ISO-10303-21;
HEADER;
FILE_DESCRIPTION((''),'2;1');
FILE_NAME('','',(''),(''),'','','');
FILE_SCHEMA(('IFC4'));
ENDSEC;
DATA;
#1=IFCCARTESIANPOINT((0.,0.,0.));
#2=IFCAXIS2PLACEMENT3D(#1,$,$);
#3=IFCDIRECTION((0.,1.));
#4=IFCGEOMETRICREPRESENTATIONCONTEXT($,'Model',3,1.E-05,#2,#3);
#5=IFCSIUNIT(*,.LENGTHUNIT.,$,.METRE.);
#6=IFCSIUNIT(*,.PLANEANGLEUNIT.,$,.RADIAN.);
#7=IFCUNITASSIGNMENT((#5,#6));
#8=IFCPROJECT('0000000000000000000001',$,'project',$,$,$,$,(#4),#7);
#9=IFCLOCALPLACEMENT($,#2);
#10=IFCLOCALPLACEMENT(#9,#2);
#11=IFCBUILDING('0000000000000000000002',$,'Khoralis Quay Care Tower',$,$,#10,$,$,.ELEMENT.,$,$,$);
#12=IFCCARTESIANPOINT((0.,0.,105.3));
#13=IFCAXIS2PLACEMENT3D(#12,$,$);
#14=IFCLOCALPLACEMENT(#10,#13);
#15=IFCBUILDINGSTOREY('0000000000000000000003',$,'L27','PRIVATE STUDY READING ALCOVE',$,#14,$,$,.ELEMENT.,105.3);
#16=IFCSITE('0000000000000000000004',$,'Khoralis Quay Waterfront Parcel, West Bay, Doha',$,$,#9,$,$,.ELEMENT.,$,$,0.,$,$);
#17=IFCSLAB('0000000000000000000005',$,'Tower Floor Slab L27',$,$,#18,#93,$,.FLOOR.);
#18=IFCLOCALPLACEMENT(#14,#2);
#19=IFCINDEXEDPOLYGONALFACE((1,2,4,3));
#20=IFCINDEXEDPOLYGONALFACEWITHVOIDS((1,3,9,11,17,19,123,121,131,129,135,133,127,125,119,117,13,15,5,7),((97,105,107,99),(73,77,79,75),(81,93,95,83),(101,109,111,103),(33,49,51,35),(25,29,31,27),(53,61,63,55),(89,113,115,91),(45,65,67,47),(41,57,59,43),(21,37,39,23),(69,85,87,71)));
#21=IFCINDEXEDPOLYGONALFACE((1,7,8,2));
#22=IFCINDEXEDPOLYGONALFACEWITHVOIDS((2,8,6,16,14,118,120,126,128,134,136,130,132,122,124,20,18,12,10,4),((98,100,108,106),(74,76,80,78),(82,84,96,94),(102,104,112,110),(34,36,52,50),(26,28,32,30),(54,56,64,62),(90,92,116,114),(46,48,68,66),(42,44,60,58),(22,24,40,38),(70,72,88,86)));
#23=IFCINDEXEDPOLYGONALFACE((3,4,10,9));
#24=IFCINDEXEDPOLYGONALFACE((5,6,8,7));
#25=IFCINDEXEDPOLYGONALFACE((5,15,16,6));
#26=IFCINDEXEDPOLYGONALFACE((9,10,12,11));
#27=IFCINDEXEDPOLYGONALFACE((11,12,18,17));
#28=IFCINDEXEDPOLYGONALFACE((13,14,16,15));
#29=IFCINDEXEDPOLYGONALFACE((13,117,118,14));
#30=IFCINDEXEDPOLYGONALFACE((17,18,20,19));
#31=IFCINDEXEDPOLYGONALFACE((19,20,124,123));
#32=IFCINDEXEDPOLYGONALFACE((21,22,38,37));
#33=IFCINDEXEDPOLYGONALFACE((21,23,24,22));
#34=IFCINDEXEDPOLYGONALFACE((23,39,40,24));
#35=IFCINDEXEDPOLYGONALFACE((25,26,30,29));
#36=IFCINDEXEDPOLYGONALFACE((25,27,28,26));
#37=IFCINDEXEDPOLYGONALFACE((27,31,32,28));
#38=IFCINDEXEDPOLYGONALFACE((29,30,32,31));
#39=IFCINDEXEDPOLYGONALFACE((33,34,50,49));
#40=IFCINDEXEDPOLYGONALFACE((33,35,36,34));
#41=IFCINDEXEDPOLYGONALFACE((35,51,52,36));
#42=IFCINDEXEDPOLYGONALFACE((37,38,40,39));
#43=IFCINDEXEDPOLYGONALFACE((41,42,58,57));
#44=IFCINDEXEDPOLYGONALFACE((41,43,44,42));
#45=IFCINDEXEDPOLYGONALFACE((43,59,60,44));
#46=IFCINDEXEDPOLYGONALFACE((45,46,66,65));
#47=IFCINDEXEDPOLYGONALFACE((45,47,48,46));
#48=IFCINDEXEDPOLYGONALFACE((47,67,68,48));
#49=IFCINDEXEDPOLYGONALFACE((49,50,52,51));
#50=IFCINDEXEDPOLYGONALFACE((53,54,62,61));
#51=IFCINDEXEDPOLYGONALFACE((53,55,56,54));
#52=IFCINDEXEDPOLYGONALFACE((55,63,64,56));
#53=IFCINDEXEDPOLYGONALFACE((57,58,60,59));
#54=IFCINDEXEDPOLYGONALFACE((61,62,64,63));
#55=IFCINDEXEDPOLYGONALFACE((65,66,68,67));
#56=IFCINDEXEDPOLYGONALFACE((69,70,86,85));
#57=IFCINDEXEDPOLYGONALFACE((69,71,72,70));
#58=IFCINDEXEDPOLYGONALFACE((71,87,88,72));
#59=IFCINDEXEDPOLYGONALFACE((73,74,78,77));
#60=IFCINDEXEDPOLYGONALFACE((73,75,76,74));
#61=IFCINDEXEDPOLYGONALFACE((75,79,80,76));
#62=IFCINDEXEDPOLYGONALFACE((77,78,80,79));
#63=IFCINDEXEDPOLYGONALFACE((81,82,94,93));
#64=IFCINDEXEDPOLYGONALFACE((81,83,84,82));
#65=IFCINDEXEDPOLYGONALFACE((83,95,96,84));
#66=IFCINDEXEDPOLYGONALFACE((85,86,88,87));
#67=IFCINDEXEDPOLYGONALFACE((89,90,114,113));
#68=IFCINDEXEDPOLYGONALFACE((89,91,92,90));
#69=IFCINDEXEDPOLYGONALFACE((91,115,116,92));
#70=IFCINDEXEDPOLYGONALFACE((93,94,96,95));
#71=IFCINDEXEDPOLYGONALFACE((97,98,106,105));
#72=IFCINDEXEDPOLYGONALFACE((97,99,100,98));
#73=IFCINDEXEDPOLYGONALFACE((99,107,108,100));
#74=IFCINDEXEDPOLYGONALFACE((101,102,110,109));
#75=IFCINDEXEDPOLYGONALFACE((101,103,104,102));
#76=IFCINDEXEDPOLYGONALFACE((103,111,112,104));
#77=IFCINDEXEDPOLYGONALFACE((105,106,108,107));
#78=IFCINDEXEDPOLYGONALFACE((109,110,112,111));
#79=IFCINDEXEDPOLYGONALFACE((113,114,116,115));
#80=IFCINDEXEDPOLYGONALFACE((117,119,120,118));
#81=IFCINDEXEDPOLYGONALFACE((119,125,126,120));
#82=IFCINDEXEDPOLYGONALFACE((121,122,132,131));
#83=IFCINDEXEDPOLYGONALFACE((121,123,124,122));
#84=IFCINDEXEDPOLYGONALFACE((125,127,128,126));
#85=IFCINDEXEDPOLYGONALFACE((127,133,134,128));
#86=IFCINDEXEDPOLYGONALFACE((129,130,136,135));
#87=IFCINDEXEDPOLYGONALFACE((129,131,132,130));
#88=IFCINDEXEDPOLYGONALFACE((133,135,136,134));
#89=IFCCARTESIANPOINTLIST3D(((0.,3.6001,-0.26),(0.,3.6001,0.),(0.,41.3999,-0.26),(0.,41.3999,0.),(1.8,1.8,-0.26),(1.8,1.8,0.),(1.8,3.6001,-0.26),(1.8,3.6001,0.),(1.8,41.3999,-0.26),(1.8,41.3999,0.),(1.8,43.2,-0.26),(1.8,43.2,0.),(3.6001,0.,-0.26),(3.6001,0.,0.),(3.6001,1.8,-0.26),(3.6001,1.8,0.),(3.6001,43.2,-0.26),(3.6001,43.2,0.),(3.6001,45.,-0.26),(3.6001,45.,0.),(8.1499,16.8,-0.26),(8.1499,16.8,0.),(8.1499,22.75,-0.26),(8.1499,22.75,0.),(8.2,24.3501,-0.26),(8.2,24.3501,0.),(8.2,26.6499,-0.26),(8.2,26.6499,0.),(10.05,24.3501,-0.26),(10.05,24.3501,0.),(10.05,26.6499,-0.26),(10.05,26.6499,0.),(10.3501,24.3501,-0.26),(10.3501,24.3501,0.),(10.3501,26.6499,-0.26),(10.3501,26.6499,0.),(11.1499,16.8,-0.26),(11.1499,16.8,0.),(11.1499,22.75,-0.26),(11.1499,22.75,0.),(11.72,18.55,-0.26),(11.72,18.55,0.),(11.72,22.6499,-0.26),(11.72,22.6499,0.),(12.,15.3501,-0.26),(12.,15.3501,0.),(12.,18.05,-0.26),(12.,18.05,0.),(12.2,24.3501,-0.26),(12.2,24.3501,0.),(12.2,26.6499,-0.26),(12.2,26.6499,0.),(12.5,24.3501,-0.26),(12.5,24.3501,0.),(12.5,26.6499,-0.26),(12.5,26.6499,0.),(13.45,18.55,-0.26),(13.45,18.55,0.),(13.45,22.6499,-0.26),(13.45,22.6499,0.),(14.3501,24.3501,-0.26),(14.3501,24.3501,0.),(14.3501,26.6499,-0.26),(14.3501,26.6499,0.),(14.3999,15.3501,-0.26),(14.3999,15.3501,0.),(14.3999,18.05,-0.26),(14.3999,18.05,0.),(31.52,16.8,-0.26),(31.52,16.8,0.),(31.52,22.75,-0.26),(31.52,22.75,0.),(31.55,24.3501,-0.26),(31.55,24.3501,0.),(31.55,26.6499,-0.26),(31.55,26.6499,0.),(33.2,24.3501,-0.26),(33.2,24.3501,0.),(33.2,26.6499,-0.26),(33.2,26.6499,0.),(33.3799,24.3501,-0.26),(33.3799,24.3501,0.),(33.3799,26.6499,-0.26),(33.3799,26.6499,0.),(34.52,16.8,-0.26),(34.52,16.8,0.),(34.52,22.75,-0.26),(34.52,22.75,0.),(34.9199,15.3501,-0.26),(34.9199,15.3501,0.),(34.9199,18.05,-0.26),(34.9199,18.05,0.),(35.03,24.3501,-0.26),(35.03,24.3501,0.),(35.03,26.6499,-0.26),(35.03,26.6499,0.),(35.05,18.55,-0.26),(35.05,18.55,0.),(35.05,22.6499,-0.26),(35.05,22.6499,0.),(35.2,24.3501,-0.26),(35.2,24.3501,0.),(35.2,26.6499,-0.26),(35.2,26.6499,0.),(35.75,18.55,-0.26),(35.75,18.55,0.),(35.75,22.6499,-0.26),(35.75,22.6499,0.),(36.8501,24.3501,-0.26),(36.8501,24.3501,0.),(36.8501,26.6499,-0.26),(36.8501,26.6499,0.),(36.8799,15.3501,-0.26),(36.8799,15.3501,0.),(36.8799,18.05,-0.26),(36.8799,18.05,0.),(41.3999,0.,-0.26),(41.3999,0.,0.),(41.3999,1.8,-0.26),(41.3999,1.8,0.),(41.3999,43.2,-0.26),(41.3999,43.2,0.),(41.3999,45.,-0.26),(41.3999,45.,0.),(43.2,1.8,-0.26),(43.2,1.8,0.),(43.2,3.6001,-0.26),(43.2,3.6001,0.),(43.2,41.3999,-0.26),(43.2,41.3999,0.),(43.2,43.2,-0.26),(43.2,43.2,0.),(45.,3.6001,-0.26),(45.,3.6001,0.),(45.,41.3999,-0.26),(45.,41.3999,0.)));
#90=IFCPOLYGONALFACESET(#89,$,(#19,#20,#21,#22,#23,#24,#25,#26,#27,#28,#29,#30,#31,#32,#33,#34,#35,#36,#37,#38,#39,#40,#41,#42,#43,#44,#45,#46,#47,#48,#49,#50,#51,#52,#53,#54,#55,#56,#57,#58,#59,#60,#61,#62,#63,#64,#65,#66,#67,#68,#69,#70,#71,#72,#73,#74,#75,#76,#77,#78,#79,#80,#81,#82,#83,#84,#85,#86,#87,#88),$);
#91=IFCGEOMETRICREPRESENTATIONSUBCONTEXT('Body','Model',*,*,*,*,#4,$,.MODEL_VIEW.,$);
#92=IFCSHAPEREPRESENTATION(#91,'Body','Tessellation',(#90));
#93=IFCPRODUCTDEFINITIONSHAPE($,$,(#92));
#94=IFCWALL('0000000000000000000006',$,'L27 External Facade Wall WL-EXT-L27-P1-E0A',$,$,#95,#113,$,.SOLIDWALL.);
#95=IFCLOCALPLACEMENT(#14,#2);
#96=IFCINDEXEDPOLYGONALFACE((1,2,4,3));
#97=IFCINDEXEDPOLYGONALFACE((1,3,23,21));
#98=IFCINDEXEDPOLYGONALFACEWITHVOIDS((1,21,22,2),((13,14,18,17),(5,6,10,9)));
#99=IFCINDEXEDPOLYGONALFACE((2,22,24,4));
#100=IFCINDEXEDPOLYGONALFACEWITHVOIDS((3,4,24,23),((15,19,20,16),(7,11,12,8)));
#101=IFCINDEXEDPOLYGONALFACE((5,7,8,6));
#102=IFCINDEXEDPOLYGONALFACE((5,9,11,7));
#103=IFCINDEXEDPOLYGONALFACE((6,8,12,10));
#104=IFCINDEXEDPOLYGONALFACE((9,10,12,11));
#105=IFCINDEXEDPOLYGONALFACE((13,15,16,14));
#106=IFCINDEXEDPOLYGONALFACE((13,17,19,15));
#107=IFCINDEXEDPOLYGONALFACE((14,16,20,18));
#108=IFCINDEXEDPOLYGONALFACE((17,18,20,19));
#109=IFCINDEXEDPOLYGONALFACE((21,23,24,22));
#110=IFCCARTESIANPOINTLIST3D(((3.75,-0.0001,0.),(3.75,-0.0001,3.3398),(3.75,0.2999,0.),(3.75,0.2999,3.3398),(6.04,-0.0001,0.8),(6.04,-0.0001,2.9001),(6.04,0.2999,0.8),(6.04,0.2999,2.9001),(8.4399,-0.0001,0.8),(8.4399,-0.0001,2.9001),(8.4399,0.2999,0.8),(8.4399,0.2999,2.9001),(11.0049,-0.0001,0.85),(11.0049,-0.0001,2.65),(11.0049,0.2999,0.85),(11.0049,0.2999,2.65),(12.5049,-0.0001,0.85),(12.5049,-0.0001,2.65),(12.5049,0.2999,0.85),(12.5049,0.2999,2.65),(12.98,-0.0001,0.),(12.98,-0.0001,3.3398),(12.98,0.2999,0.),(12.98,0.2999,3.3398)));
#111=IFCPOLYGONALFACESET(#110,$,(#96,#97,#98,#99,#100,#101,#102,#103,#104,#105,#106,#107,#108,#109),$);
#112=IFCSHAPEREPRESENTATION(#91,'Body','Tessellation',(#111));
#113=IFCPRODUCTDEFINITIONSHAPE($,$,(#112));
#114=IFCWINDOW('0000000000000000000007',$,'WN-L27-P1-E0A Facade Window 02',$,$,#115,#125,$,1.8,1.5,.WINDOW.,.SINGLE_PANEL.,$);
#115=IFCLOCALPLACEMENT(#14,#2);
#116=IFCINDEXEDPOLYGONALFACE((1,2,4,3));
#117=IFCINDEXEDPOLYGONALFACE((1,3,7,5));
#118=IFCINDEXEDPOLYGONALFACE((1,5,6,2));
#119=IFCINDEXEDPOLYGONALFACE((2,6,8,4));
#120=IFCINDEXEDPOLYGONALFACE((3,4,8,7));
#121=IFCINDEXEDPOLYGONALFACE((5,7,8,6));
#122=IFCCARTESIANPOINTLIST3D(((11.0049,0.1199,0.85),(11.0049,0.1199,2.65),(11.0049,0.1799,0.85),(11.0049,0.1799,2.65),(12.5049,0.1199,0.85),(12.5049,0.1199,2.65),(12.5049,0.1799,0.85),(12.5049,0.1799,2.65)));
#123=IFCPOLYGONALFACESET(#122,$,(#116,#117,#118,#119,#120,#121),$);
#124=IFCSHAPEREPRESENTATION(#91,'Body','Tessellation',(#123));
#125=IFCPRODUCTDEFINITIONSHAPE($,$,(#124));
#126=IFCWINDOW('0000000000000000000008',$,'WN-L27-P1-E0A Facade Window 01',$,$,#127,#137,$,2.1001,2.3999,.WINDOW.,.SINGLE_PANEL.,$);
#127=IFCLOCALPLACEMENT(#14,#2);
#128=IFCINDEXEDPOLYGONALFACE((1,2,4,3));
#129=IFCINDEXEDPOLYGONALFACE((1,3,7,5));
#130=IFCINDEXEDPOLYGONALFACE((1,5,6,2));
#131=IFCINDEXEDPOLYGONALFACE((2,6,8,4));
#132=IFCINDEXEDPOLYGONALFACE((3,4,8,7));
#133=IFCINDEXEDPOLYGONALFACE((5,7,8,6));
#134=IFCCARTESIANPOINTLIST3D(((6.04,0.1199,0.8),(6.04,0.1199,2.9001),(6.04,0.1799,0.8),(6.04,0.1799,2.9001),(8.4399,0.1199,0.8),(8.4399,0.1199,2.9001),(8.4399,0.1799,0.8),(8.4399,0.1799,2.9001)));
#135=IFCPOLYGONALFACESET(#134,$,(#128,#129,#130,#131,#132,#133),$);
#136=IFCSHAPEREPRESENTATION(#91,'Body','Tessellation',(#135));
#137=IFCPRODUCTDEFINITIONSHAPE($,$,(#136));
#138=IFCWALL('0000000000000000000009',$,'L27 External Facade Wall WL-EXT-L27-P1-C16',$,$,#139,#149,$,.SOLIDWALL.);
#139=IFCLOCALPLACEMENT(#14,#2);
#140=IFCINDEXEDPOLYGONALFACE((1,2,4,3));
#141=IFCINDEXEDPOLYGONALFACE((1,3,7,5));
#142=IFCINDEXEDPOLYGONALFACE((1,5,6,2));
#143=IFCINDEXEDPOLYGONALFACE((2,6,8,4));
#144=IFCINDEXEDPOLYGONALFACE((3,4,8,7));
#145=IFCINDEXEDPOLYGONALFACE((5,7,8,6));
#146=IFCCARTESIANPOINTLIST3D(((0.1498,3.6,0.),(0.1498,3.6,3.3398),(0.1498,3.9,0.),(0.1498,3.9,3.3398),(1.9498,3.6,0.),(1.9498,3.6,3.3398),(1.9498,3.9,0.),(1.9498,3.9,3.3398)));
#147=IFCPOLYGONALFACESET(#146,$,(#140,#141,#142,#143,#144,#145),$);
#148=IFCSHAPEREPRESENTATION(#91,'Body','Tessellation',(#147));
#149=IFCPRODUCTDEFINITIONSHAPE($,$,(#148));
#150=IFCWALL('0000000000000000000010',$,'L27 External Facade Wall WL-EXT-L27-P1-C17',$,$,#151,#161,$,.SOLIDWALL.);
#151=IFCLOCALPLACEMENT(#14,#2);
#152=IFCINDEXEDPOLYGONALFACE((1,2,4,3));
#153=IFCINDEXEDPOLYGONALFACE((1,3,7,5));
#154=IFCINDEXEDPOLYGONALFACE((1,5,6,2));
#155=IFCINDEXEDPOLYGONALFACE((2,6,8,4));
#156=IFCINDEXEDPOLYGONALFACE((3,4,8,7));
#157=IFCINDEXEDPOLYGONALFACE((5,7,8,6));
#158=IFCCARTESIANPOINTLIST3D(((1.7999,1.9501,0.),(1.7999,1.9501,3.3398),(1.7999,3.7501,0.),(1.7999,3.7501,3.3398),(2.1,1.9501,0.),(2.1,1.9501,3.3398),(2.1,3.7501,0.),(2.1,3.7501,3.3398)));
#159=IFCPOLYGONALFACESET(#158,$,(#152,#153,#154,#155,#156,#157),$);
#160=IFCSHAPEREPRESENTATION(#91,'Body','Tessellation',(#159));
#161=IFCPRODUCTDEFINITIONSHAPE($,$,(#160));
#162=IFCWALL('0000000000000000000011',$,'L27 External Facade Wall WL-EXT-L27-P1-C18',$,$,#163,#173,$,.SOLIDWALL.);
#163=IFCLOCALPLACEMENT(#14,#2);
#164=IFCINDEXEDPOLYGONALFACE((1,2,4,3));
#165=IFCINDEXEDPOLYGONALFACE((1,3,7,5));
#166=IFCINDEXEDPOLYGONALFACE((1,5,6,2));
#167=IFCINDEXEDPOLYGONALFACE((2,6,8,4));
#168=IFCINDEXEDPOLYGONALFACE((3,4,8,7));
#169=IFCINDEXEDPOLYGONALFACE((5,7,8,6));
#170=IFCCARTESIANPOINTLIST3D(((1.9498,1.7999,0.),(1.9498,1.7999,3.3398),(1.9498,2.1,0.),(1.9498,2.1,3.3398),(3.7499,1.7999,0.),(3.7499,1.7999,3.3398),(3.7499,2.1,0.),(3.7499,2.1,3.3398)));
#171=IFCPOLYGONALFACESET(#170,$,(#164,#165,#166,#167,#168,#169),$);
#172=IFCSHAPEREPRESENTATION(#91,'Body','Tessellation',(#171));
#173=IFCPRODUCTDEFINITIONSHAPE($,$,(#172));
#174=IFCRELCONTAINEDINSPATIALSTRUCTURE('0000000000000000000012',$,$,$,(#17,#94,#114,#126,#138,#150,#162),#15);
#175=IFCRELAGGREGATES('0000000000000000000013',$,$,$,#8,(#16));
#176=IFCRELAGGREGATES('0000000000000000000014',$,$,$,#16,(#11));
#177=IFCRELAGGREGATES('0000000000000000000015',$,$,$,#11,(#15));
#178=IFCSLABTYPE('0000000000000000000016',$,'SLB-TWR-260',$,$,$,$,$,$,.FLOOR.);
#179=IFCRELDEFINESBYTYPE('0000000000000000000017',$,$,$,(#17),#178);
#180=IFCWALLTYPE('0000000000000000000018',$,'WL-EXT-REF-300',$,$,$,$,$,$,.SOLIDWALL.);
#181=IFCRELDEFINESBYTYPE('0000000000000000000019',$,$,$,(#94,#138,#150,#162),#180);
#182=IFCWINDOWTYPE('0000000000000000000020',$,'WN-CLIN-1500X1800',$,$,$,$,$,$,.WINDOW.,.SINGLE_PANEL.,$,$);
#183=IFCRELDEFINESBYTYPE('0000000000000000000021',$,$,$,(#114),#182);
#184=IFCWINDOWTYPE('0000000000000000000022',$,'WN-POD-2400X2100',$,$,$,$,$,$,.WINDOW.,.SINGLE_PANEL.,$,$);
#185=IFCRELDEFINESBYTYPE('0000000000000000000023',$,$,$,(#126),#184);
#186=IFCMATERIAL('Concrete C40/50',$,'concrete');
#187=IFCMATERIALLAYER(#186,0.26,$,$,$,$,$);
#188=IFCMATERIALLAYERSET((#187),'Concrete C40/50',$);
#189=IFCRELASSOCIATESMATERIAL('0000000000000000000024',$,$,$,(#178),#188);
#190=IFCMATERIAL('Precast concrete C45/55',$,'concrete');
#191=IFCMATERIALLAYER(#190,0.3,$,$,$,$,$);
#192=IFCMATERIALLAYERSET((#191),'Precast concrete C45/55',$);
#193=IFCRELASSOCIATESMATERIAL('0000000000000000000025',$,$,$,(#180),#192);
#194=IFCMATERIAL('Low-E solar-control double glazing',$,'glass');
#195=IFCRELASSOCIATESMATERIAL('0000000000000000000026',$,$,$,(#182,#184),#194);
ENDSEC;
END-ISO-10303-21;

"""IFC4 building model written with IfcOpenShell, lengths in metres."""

from ifc_helpers import new_model, si_unit, direction, frame, frame_2d, origin, place, context, subcontext, project, spatial, polyline, rectangle, outline, extrude, source, transform, mapped, material, layer, layer_set, type_object, element, fill, save


model = new_model("IFC4")

# Units and contexts
model_context = context("Model", 3, precision=1e-05, world=origin(), true_north=direction((0.0, 1.0)))
body_context = subcontext(model_context, "Body", "Model", "MODEL_VIEW")
ifc_project = project(units=[si_unit("LENGTHUNIT", "METRE"), si_unit("PLANEANGLEUNIT", "RADIAN")], contexts=[model_context])

# Site, building, storey
site_placement = place(None, origin())
site = spatial("IfcSite", under=ifc_project, at=site_placement, Name="Khoralis Quay Waterfront Parcel, West Bay, Doha", CompositionType="ELEMENT", RefElevation=0.0)
building_placement = place(site_placement, origin())
building = spatial("IfcBuilding", under=site, at=building_placement, Name="Khoralis Quay Care Tower", CompositionType="ELEMENT")
storey_placement = place(building_placement, frame((0.0, 0.0, 105.3)))
storey = spatial("IfcBuildingStorey", under=building, at=storey_placement, Name="L27", Description="PRIVATE STUDY READING ALCOVE", CompositionType="ELEMENT", Elevation=105.3)

# Shared definitions
ifc_material_1 = material(Name="Precast concrete C45/55", Category="concrete")

# Slab
ifc_material_2 = material(Name="Concrete C40/50", Category="concrete")
ifc_layer_1 = layer(ifc_material_2, 0.26)
ifc_layer_set_1 = layer_set([ifc_layer_1], Name="Concrete C40/50")
slab_type_1 = type_object("IfcSlabType", Name="SLB-TWR-260", PredefinedType="FLOOR", material=ifc_layer_set_1)
slab_1_placement = place(storey_placement, frame((0.0, 0.0, -0.26)))
element("IfcSlab", 1, at=slab_1_placement, inside=storey, type_object=slab_type_1, Name="Tower Floor Slab L27", PredefinedType="FLOOR", context=body_context, shape_type="SweptSolid", body=[
    extrude(outline(polyline([(3.6001, 0.0), (41.3999, 0.0), (41.3999, 1.8), (43.2, 1.8), (43.2, 3.6001), (45.0, 3.6001), (45.0, 41.3999), (43.2, 41.3999), (43.2, 43.2), (41.3999, 43.2), (41.3999, 45.0), (3.6001, 45.0), (3.6001, 43.2), (1.8, 43.2), (1.8, 41.3999), (0.0, 41.3999), (0.0, 3.6001), (1.8, 3.6001), (1.8, 1.8), (3.6001, 1.8), (3.6001, 0.0)]), holes=[polyline([(11.1499, 16.8), (11.1499, 22.75), (8.1499, 22.75), (8.1499, 16.8), (11.1499, 16.8)]), polyline([(34.52, 16.8), (34.52, 22.75), (31.52, 22.75), (31.52, 16.8), (34.52, 16.8)]), polyline([(12.0, 15.3501), (14.3999, 15.3501), (14.3999, 18.05), (12.0, 18.05), (12.0, 15.3501)]), polyline([(34.9199, 15.3501), (36.8799, 15.3501), (36.8799, 18.05), (34.9199, 18.05), (34.9199, 15.3501)]), polyline([(8.2, 24.3501), (10.05, 24.3501), (10.05, 26.6499), (8.2, 26.6499), (8.2, 24.3501)]), polyline([(31.55, 24.3501), (33.2, 24.3501), (33.2, 26.6499), (31.55, 26.6499), (31.55, 24.3501)]), polyline([(10.3501, 24.3501), (12.2, 24.3501), (12.2, 26.6499), (10.3501, 26.6499), (10.3501, 24.3501)]), polyline([(33.3799, 24.3501), (35.03, 24.3501), (35.03, 26.6499), (33.3799, 26.6499), (33.3799, 24.3501)]), polyline([(12.5, 24.3501), (14.3501, 24.3501), (14.3501, 26.6499), (12.5, 26.6499), (12.5, 24.3501)]), polyline([(35.2, 24.3501), (36.8501, 24.3501), (36.8501, 26.6499), (35.2, 26.6499), (35.2, 24.3501)]), polyline([(11.72, 18.55), (13.45, 18.55), (13.45, 22.6499), (11.72, 22.6499), (11.72, 18.55)]), polyline([(35.05, 18.55), (35.75, 18.55), (35.75, 22.6499), (35.05, 22.6499), (35.05, 18.55)])]), origin(), (0.0, 0.0, 1.0), 0.26),
])

# Wall, openings, windows
ifc_layer_2 = layer(ifc_material_1, 0.3)
ifc_layer_set_2 = layer_set([ifc_layer_2], Name="Precast concrete C45/55")
wall_type_1 = type_object("IfcWallType", Name="WL-EXT-REF-300", PredefinedType="SOLIDWALL", material=ifc_layer_set_2)
wall_1_placement = place(storey_placement, frame((3.75, 0.1499, 0.0), z_axis=(0.0, 0.0, 1.0), x_axis=(1.0, 0.0, 0.0)))
wall_1 = element("IfcWall", 2, at=wall_1_placement, inside=storey, type_object=wall_type_1, Name="L27 External Facade Wall WL-EXT-L27-P1-E0A", PredefinedType="SOLIDWALL", context=body_context, shape_type="SweptSolid", body=[
    extrude(rectangle(XDim=9.23, YDim=0.3, at=frame_2d((4.615, 0.0))), origin(), (0.0, 0.0, 1.0), 3.3398),
])
opening_1_placement = place(wall_1_placement, frame((2.29, 0.0, 0.8)))
opening_1 = element("IfcOpeningElement", 3, at=opening_1_placement, cuts=wall_1, PredefinedType="OPENING", context=body_context, shape_type="SweptSolid", body=[
    extrude(rectangle(XDim=2.3999, YDim=2.1001, at=frame_2d((1.2, 1.05))), frame((0.0, 0.1602, 0.0), z_axis=(0.0, -1.0, 0.0), x_axis=(1.0, 0.0, 0.0)), (0.0, 0.0, 1.0), 0.3201),
])
opening_2_placement = place(wall_1_placement, frame((7.2549, 0.0, 0.8501)))
opening_2 = element("IfcOpeningElement", 4, at=opening_2_placement, cuts=wall_1, PredefinedType="OPENING", context=body_context, shape_type="SweptSolid", body=[
    extrude(rectangle(XDim=1.5, YDim=1.8, at=frame_2d((0.75, 0.8999))), frame((0.0, 0.1602, 0.0), z_axis=(0.0, -1.0, 0.0), x_axis=(1.0, 0.0, 0.0)), (0.0, 0.0, 1.0), 0.3201),
])
ifc_material_3 = material(Name="Low-E solar-control double glazing", Category="glass")
window_type_1 = type_object("IfcWindowType", Name="WN-CLIN-1500X1800", PartitioningType="SINGLE_PANEL", PredefinedType="WINDOW", material=ifc_material_3)
shared_shape_1 = source(origin(), body_context, "Body", "SweptSolid", [
    extrude(rectangle(XDim=1.5, YDim=1.8, at=frame_2d((0.75, 0.8999))), frame((0.0, 0.03, 0.0), z_axis=(0.0, -1.0, 0.0), x_axis=(1.0, 0.0, 0.0)), (0.0, 0.0, 1.0), 0.0601),
])
window_1_placement = place(opening_2_placement, origin())
window_1 = element("IfcWindow", 5, at=window_1_placement, inside=storey, type_object=window_type_1, Name="WN-L27-P1-E0A Facade Window 02", OverallHeight=1.8, OverallWidth=1.5, PartitioningType="SINGLE_PANEL", PredefinedType="WINDOW", context=body_context, shape_type="MappedRepresentation", body=[
    mapped(shared_shape_1, transform((0.0, 0.0, 0.0), scale=1.0)),
])
fill(opening_2, window_1)
window_type_2 = type_object("IfcWindowType", Name="WN-POD-2400X2100", PartitioningType="SINGLE_PANEL", PredefinedType="WINDOW", material=ifc_material_3)
shared_shape_2 = source(origin(), body_context, "Body", "SweptSolid", [
    extrude(rectangle(XDim=2.3999, YDim=2.1001, at=frame_2d((1.2, 1.05))), frame((0.0, 0.03, 0.0), z_axis=(0.0, -1.0, 0.0), x_axis=(1.0, 0.0, 0.0)), (0.0, 0.0, 1.0), 0.0601),
])
window_2_placement = place(opening_1_placement, origin())
window_2 = element("IfcWindow", 6, at=window_2_placement, inside=storey, type_object=window_type_2, Name="WN-L27-P1-E0A Facade Window 01", OverallHeight=2.1001, OverallWidth=2.3999, PartitioningType="SINGLE_PANEL", PredefinedType="WINDOW", context=body_context, shape_type="MappedRepresentation", body=[
    mapped(shared_shape_2, transform((0.0, 0.0, 0.0), scale=1.0)),
])
fill(opening_1, window_2)

# Walls
for number, where, z_axis, x_axis, name in (
    (7, (0.1499, 3.75, 0.0), (0.0, 0.0, 1.0), (1.0, 0.0, 0.0), "L27 External Facade Wall WL-EXT-L27-P1-C16"),
    (8, (1.95, 3.75, 0.0), (0.0, 0.0, 1.0), (0.0, -1.0, 0.0), "L27 External Facade Wall WL-EXT-L27-P1-C17"),
    (9, (1.95, 1.95, 0.0), (0.0, 0.0, 1.0), (1.0, 0.0, 0.0), "L27 External Facade Wall WL-EXT-L27-P1-C18"),
):
    element("IfcWall", number, at=place(storey_placement, frame(where, z_axis=z_axis, x_axis=x_axis)), inside=storey, type_object=wall_type_1, Name=name, PredefinedType="SOLIDWALL", context=body_context, shape_type="SweptSolid", body=[
        extrude(rectangle(XDim=1.8, YDim=0.3, at=frame_2d((0.8999, 0.0))), origin(), (0.0, 0.0, 1.0), 3.3398),
    ])

save(model, "model.ifc")
